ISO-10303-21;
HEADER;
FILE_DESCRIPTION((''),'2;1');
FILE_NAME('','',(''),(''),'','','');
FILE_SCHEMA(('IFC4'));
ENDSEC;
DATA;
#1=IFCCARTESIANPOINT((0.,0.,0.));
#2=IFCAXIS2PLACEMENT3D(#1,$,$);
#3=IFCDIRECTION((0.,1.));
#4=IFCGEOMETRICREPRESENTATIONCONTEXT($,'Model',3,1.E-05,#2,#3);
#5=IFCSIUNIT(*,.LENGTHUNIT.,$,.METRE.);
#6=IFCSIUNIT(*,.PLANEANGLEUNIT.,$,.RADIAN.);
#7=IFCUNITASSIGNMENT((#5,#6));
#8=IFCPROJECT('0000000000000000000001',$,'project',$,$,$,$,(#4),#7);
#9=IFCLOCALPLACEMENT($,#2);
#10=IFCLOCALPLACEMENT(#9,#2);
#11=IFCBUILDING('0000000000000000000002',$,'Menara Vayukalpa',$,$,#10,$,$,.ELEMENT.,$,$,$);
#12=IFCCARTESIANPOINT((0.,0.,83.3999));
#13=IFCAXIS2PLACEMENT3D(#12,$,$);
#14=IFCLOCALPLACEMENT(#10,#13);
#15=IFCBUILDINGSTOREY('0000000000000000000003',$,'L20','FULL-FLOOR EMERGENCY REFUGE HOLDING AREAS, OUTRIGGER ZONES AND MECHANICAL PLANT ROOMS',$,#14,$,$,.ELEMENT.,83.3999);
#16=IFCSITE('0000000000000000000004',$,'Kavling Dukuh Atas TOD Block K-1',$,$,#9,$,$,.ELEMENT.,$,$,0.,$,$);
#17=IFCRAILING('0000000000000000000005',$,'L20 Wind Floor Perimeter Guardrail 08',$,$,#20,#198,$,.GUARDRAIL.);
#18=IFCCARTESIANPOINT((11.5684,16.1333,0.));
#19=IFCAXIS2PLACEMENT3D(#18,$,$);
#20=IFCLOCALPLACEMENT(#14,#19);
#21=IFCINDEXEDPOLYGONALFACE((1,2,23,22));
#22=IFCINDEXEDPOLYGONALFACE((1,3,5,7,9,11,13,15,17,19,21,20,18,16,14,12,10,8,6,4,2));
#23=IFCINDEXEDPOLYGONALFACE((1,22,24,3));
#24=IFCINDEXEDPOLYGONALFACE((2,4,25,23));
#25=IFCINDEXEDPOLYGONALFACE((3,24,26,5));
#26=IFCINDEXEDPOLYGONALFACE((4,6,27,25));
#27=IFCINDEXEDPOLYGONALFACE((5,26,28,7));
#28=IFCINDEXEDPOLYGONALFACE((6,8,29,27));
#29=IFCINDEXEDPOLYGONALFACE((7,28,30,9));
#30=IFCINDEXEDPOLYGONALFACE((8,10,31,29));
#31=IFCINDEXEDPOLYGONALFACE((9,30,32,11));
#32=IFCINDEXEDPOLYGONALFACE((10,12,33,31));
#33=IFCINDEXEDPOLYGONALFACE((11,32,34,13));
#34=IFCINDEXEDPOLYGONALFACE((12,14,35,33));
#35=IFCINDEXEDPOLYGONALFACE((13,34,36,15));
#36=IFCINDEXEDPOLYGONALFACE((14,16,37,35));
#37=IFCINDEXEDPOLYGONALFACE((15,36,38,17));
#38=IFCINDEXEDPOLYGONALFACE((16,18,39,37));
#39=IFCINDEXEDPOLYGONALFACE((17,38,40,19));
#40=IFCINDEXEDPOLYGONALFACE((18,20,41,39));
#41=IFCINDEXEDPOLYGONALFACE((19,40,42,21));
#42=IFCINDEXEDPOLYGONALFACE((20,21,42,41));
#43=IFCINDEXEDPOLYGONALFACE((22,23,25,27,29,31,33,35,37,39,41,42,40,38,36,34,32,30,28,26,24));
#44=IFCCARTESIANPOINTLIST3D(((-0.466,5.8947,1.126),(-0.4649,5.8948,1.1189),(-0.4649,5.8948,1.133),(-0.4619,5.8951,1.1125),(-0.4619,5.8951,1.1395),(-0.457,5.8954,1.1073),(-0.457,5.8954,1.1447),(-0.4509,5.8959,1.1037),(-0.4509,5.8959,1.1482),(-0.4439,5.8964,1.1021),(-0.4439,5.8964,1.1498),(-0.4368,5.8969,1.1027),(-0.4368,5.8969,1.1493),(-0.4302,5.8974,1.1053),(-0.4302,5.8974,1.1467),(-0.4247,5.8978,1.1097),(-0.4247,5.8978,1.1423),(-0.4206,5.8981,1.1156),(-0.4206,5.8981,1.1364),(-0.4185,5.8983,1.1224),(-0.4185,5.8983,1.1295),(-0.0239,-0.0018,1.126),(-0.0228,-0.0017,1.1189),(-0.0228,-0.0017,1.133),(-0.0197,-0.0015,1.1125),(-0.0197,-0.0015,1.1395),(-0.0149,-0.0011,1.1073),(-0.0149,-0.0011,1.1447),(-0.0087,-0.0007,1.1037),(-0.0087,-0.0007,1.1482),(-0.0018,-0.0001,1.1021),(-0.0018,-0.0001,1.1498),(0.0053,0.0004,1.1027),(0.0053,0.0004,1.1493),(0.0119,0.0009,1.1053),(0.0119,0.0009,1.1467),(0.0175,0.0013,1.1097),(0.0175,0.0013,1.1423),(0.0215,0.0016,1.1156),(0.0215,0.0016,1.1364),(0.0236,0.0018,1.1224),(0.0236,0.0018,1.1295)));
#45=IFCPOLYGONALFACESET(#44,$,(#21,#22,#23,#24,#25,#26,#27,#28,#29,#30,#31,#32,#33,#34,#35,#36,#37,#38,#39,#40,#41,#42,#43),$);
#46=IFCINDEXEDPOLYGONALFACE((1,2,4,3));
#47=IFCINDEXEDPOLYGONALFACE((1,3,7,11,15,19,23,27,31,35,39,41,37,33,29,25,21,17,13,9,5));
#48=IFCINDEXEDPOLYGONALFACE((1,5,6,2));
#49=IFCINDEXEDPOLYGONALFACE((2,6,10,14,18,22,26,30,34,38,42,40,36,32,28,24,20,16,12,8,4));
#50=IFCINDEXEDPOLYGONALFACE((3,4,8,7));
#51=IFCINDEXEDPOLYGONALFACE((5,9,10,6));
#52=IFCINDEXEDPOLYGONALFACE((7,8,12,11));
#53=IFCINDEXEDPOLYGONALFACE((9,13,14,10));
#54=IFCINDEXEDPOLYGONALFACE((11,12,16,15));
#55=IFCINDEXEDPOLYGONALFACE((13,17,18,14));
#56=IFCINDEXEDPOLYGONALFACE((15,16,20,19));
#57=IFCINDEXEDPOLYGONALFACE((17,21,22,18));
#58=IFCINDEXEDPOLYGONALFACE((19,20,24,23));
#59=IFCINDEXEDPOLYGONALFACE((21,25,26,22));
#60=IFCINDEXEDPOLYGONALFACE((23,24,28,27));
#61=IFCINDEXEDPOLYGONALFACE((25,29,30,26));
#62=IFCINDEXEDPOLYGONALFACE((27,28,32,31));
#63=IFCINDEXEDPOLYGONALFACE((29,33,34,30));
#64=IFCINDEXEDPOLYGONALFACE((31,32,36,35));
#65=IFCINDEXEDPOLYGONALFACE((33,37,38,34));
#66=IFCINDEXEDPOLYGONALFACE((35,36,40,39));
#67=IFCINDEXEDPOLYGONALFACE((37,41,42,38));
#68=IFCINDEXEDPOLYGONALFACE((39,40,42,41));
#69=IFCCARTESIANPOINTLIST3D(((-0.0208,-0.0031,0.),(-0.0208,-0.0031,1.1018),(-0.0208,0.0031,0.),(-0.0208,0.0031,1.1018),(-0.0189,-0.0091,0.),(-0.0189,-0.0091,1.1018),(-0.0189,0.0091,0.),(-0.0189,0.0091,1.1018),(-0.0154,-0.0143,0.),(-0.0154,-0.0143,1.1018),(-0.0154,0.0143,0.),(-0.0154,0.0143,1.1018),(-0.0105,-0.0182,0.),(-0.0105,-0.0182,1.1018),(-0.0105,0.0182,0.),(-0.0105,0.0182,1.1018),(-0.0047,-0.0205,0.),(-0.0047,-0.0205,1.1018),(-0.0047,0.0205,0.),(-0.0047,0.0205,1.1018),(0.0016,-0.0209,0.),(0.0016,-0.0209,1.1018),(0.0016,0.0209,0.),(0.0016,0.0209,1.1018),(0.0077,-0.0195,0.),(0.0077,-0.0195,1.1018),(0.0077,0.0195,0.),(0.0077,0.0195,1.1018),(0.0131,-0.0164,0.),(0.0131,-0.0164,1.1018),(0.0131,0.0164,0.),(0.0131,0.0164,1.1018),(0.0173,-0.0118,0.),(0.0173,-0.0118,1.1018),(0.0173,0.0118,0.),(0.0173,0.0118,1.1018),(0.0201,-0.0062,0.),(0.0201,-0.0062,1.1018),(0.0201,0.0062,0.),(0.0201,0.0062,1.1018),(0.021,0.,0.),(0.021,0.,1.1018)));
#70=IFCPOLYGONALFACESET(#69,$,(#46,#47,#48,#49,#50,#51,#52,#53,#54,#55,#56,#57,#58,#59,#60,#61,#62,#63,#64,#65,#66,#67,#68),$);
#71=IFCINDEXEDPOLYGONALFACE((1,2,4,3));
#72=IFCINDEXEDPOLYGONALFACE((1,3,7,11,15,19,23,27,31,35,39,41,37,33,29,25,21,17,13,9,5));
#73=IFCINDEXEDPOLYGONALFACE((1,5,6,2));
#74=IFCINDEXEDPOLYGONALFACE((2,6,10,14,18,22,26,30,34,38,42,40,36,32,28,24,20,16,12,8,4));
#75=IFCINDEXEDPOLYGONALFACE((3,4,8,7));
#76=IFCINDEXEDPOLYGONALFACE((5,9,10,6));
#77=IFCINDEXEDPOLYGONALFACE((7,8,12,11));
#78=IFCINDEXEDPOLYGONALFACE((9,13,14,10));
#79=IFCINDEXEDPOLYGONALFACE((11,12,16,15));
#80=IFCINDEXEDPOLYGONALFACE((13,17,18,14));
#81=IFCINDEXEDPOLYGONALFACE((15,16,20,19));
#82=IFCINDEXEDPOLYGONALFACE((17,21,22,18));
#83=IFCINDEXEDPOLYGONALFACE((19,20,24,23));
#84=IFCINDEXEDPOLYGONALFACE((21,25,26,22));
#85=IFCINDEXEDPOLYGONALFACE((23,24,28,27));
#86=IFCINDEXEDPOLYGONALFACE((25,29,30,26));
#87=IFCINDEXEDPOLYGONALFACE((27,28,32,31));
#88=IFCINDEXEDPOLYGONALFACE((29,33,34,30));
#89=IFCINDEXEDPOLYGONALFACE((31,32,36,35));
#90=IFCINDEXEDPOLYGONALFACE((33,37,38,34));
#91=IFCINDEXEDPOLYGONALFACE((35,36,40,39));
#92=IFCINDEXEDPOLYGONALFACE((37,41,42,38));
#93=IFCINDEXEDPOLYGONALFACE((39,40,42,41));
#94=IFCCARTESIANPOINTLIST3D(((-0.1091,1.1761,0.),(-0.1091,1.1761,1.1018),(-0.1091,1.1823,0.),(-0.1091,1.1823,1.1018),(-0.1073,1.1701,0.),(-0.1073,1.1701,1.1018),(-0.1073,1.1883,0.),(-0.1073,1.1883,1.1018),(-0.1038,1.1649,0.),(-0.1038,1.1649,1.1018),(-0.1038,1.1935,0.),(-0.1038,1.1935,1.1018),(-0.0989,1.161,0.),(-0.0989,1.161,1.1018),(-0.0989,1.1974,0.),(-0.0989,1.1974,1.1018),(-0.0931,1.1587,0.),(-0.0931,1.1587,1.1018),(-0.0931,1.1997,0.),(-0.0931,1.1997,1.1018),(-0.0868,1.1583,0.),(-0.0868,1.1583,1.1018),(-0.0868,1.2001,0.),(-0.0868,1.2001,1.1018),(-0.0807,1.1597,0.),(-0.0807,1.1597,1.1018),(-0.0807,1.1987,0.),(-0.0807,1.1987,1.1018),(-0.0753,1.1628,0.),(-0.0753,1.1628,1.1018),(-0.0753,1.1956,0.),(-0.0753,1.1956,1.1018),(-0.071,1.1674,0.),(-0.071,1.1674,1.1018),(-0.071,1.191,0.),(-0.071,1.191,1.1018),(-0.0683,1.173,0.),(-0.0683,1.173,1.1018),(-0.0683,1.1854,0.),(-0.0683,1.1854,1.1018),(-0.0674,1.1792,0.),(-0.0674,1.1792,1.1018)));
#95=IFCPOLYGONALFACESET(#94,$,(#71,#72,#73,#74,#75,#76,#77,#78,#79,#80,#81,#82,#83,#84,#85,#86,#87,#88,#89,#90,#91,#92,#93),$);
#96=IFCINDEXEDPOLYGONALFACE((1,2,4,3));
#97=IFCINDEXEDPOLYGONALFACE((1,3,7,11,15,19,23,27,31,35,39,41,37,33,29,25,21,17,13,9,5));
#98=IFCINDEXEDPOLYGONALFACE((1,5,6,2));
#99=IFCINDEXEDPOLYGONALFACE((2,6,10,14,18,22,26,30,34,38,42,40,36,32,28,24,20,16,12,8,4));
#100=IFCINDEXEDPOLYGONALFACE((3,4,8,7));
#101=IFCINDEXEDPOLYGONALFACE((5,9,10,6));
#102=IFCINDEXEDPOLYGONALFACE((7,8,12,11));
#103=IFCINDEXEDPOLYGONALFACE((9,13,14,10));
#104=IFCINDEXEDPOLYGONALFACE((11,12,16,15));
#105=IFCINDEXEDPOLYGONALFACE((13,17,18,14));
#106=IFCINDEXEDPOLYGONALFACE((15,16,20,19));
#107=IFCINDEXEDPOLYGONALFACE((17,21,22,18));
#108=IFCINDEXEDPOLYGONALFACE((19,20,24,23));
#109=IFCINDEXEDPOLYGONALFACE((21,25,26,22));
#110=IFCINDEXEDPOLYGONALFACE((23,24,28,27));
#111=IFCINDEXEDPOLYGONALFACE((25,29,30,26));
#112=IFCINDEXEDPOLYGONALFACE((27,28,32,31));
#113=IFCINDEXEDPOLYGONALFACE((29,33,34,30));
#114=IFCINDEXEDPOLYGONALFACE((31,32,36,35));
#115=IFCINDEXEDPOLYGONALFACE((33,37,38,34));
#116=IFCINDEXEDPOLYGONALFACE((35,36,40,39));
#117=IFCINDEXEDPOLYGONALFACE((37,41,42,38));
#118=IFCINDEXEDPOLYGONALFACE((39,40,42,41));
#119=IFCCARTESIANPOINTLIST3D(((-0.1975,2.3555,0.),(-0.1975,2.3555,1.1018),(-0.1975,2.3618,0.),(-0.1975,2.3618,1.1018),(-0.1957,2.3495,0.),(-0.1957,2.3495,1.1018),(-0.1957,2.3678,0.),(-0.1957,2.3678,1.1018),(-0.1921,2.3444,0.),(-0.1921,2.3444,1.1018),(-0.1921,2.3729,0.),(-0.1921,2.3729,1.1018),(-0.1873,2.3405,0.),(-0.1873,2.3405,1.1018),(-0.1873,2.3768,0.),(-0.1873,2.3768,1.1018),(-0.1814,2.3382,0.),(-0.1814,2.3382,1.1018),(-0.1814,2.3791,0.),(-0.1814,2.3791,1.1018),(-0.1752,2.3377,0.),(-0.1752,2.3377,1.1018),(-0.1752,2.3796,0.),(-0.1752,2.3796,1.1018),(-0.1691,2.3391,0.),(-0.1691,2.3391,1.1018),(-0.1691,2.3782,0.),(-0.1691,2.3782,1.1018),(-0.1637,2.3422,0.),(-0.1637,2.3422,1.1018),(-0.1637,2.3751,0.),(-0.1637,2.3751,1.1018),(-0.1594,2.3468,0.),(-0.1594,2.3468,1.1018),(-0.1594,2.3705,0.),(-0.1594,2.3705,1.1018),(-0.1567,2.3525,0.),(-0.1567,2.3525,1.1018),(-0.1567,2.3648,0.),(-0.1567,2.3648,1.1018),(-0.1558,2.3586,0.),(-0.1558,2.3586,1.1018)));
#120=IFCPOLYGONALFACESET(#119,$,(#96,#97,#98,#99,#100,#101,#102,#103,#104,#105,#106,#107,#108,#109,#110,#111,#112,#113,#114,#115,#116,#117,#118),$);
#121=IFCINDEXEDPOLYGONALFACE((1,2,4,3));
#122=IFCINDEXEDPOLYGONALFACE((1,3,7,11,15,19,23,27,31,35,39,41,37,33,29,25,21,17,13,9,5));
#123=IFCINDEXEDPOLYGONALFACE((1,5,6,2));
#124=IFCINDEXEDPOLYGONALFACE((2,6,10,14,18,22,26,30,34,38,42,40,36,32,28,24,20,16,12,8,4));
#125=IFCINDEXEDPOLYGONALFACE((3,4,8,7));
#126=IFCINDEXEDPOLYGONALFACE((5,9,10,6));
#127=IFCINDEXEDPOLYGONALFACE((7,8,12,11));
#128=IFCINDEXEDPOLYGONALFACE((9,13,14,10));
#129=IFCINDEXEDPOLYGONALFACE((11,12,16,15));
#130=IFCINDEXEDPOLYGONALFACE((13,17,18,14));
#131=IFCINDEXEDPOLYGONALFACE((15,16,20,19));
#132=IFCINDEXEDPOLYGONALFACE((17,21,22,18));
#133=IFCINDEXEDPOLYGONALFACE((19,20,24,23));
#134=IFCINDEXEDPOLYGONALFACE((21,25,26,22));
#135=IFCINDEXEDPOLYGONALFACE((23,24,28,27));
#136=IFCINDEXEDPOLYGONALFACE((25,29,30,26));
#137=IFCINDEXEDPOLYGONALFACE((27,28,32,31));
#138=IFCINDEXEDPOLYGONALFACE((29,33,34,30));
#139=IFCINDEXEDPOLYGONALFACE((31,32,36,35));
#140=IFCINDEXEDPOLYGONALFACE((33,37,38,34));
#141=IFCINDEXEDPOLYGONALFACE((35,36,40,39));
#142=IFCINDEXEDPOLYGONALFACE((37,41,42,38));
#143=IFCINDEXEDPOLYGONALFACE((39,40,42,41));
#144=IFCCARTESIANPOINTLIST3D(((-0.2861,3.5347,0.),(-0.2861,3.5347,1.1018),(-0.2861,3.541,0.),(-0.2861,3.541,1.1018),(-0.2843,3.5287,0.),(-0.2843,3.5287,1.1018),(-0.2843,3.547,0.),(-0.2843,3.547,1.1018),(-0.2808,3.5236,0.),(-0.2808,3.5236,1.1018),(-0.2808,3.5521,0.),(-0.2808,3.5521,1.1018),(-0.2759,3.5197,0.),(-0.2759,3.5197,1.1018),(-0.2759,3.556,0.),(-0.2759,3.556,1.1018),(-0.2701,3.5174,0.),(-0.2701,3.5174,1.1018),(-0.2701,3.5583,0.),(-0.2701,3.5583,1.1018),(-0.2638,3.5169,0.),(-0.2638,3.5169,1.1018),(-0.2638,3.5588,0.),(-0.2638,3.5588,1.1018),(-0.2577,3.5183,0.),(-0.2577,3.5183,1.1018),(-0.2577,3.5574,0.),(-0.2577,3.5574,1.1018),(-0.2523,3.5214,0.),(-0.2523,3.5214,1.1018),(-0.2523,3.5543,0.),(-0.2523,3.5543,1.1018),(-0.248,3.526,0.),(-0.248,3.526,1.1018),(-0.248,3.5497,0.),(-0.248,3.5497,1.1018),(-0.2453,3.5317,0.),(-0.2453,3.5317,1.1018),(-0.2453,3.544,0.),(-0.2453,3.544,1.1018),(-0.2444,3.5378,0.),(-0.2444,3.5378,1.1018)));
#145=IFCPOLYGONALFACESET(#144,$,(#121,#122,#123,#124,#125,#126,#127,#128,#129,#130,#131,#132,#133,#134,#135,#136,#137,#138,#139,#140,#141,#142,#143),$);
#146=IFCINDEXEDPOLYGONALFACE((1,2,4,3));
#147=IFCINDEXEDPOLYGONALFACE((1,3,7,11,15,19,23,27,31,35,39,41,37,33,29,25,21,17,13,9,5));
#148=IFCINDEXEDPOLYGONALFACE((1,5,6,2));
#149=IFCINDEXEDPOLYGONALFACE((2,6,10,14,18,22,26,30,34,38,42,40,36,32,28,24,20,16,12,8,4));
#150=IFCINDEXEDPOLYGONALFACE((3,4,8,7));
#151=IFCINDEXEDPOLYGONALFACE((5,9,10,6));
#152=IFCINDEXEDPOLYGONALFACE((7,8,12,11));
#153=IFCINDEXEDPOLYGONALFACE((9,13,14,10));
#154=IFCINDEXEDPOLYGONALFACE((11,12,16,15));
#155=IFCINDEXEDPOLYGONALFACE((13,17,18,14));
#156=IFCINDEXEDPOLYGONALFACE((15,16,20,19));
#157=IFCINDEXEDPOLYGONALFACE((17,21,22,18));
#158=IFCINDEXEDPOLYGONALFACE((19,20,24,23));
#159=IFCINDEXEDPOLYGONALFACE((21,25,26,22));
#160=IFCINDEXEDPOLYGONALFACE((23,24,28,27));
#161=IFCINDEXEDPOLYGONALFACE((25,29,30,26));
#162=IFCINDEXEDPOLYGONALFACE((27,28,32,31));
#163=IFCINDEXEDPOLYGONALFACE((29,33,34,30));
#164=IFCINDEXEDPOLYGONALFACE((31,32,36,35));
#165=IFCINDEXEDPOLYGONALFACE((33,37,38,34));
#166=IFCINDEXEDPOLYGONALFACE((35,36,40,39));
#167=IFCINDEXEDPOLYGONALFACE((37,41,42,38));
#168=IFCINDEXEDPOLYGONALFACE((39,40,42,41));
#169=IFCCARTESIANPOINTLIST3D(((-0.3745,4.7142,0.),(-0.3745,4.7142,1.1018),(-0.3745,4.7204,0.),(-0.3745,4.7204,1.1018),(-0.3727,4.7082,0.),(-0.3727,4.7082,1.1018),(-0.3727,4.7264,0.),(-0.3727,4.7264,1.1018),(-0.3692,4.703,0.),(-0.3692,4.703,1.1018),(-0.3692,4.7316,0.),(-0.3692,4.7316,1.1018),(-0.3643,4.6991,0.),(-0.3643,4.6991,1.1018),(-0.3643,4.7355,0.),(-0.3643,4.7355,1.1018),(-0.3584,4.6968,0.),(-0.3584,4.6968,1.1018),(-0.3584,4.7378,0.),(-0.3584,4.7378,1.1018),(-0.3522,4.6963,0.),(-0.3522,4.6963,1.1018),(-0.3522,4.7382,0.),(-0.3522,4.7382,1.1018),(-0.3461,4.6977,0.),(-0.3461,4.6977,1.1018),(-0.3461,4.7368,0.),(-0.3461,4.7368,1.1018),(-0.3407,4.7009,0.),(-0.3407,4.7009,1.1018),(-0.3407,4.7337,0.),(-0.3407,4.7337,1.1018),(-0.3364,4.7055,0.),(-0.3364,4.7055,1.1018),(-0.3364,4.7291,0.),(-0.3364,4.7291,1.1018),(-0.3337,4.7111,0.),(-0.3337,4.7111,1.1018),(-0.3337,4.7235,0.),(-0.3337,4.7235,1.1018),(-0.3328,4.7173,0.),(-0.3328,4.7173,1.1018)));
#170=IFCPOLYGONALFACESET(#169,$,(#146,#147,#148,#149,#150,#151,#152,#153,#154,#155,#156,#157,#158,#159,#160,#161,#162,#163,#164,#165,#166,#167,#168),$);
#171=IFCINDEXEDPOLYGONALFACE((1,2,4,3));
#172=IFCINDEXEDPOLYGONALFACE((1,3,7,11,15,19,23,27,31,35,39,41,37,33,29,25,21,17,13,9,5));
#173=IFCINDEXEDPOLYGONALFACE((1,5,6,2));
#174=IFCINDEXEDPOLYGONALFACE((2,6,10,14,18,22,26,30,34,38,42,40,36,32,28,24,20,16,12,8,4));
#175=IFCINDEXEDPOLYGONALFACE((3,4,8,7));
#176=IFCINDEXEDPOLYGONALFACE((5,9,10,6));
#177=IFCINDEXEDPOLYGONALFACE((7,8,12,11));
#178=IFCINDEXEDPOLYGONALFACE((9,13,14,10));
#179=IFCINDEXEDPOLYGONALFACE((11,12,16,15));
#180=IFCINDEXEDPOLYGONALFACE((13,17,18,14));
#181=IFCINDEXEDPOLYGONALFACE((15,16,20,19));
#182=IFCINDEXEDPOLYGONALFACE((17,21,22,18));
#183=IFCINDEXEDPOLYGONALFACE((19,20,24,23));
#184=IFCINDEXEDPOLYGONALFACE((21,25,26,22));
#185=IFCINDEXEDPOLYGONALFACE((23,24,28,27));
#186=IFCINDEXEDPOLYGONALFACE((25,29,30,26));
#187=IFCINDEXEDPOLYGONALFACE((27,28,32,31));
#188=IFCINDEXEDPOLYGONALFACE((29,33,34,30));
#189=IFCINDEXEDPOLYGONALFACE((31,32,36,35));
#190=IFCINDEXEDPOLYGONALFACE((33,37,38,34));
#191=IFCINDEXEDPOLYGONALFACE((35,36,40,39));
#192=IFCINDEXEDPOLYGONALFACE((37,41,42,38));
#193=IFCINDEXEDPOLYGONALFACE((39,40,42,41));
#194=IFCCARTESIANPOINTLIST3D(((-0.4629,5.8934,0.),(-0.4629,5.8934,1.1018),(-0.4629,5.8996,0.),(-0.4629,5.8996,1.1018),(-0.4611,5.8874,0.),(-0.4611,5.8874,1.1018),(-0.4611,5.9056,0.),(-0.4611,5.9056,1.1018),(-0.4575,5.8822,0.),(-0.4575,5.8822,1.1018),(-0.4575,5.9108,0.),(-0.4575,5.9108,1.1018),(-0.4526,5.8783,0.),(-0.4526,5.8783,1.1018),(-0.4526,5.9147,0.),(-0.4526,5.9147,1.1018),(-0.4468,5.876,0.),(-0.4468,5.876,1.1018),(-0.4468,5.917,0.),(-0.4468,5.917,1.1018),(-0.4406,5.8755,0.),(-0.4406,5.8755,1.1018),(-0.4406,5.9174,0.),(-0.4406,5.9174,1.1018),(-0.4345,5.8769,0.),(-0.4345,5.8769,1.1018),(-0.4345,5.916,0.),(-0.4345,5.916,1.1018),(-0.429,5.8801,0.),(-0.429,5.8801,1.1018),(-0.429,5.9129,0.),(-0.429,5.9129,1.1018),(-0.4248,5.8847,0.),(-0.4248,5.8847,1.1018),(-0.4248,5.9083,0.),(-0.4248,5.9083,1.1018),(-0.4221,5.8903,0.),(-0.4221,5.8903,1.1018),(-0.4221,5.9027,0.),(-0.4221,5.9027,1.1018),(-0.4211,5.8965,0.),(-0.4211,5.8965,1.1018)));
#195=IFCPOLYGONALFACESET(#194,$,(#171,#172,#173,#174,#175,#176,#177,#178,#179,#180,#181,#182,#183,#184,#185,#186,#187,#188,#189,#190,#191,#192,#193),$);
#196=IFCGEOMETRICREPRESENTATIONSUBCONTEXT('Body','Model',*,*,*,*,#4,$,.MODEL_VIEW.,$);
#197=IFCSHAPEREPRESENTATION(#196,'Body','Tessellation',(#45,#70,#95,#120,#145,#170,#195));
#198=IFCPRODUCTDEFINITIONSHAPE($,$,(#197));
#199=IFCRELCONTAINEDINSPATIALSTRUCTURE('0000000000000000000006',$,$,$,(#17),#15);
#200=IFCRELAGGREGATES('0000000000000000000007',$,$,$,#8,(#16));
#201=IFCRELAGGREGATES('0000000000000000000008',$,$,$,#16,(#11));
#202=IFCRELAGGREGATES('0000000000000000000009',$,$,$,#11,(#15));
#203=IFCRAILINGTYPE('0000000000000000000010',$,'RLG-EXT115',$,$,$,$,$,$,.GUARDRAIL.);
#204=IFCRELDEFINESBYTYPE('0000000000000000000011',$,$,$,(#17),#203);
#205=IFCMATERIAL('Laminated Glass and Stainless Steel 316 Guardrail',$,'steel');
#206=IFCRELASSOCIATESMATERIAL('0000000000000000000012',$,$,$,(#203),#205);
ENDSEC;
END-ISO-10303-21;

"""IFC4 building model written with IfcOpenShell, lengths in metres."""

from ifc_helpers import new_model, si_unit, direction, frame, origin, origin_2d, place, context, subcontext, project, spatial, circle, extrude, material, type_object, element, save


model = new_model("IFC4")

# Units and contexts
model_context = context("Model", 3, precision=1e-05, world=origin(), true_north=direction((0.0, 1.0)))
body_context = subcontext(model_context, "Body", "Model", "MODEL_VIEW")
ifc_project = project(units=[si_unit("LENGTHUNIT", "METRE"), si_unit("PLANEANGLEUNIT", "RADIAN")], contexts=[model_context])

# Site, building, storey
site_placement = place(None, origin())
site = spatial("IfcSite", under=ifc_project, at=site_placement, Name="Kavling Dukuh Atas TOD Block K-1", CompositionType="ELEMENT", RefElevation=0.0)
building_placement = place(site_placement, origin())
building = spatial("IfcBuilding", under=site, at=building_placement, Name="Menara Vayukalpa", CompositionType="ELEMENT")
storey_placement = place(building_placement, frame((0.0, 0.0, 83.3999)))
storey = spatial("IfcBuildingStorey", under=building, at=storey_placement, Name="L20", Description="FULL-FLOOR EMERGENCY REFUGE HOLDING AREAS, OUTRIGGER ZONES AND MECHANICAL PLANT ROOMS", CompositionType="ELEMENT", Elevation=83.3999)

# Railing
ifc_material_1 = material(Name="Laminated Glass and Stainless Steel 316 Guardrail", Category="steel")
railing_type = type_object("IfcRailingType", Name="RLG-EXT115", PredefinedType="GUARDRAIL", material=ifc_material_1)
railing_1_placement = place(storey_placement, frame((11.5684, 16.1333, 0.0)))
element("IfcRailing", 1, at=railing_1_placement, inside=storey, type_object=railing_type, Name="L20 Wind Floor Perimeter Guardrail 08", PredefinedType="GUARDRAIL", context=body_context, shape_type="SweptSolid", body=[
    extrude(circle(Radius=0.0239, at=origin_2d()), frame((0.0, 0.0, 1.126), z_axis=(-0.074774, 0.997201, 0.0), x_axis=(-0.997201, -0.074774, 0.0)), (0.0, 0.0, 1.0), 5.9131),
    extrude(circle(Radius=0.021, at=origin_2d()), origin(), (0.0, 0.0, 1.0), 1.1018),
    extrude(circle(Radius=0.021, at=origin_2d()), frame((-0.0884, 1.1792, 0.0)), (0.0, 0.0, 1.0), 1.1018),
    extrude(circle(Radius=0.021, at=origin_2d()), frame((-0.1768, 2.3586, 0.0)), (0.0, 0.0, 1.0), 1.1018),
    extrude(circle(Radius=0.021, at=origin_2d()), frame((-0.2654, 3.5378, 0.0)), (0.0, 0.0, 1.0), 1.1018),
    extrude(circle(Radius=0.021, at=origin_2d()), frame((-0.3538, 4.7173, 0.0)), (0.0, 0.0, 1.0), 1.1018),
    extrude(circle(Radius=0.021, at=origin_2d()), frame((-0.4421, 5.8965, 0.0)), (0.0, 0.0, 1.0), 1.1018),
])

save(model, "model.ifc")
